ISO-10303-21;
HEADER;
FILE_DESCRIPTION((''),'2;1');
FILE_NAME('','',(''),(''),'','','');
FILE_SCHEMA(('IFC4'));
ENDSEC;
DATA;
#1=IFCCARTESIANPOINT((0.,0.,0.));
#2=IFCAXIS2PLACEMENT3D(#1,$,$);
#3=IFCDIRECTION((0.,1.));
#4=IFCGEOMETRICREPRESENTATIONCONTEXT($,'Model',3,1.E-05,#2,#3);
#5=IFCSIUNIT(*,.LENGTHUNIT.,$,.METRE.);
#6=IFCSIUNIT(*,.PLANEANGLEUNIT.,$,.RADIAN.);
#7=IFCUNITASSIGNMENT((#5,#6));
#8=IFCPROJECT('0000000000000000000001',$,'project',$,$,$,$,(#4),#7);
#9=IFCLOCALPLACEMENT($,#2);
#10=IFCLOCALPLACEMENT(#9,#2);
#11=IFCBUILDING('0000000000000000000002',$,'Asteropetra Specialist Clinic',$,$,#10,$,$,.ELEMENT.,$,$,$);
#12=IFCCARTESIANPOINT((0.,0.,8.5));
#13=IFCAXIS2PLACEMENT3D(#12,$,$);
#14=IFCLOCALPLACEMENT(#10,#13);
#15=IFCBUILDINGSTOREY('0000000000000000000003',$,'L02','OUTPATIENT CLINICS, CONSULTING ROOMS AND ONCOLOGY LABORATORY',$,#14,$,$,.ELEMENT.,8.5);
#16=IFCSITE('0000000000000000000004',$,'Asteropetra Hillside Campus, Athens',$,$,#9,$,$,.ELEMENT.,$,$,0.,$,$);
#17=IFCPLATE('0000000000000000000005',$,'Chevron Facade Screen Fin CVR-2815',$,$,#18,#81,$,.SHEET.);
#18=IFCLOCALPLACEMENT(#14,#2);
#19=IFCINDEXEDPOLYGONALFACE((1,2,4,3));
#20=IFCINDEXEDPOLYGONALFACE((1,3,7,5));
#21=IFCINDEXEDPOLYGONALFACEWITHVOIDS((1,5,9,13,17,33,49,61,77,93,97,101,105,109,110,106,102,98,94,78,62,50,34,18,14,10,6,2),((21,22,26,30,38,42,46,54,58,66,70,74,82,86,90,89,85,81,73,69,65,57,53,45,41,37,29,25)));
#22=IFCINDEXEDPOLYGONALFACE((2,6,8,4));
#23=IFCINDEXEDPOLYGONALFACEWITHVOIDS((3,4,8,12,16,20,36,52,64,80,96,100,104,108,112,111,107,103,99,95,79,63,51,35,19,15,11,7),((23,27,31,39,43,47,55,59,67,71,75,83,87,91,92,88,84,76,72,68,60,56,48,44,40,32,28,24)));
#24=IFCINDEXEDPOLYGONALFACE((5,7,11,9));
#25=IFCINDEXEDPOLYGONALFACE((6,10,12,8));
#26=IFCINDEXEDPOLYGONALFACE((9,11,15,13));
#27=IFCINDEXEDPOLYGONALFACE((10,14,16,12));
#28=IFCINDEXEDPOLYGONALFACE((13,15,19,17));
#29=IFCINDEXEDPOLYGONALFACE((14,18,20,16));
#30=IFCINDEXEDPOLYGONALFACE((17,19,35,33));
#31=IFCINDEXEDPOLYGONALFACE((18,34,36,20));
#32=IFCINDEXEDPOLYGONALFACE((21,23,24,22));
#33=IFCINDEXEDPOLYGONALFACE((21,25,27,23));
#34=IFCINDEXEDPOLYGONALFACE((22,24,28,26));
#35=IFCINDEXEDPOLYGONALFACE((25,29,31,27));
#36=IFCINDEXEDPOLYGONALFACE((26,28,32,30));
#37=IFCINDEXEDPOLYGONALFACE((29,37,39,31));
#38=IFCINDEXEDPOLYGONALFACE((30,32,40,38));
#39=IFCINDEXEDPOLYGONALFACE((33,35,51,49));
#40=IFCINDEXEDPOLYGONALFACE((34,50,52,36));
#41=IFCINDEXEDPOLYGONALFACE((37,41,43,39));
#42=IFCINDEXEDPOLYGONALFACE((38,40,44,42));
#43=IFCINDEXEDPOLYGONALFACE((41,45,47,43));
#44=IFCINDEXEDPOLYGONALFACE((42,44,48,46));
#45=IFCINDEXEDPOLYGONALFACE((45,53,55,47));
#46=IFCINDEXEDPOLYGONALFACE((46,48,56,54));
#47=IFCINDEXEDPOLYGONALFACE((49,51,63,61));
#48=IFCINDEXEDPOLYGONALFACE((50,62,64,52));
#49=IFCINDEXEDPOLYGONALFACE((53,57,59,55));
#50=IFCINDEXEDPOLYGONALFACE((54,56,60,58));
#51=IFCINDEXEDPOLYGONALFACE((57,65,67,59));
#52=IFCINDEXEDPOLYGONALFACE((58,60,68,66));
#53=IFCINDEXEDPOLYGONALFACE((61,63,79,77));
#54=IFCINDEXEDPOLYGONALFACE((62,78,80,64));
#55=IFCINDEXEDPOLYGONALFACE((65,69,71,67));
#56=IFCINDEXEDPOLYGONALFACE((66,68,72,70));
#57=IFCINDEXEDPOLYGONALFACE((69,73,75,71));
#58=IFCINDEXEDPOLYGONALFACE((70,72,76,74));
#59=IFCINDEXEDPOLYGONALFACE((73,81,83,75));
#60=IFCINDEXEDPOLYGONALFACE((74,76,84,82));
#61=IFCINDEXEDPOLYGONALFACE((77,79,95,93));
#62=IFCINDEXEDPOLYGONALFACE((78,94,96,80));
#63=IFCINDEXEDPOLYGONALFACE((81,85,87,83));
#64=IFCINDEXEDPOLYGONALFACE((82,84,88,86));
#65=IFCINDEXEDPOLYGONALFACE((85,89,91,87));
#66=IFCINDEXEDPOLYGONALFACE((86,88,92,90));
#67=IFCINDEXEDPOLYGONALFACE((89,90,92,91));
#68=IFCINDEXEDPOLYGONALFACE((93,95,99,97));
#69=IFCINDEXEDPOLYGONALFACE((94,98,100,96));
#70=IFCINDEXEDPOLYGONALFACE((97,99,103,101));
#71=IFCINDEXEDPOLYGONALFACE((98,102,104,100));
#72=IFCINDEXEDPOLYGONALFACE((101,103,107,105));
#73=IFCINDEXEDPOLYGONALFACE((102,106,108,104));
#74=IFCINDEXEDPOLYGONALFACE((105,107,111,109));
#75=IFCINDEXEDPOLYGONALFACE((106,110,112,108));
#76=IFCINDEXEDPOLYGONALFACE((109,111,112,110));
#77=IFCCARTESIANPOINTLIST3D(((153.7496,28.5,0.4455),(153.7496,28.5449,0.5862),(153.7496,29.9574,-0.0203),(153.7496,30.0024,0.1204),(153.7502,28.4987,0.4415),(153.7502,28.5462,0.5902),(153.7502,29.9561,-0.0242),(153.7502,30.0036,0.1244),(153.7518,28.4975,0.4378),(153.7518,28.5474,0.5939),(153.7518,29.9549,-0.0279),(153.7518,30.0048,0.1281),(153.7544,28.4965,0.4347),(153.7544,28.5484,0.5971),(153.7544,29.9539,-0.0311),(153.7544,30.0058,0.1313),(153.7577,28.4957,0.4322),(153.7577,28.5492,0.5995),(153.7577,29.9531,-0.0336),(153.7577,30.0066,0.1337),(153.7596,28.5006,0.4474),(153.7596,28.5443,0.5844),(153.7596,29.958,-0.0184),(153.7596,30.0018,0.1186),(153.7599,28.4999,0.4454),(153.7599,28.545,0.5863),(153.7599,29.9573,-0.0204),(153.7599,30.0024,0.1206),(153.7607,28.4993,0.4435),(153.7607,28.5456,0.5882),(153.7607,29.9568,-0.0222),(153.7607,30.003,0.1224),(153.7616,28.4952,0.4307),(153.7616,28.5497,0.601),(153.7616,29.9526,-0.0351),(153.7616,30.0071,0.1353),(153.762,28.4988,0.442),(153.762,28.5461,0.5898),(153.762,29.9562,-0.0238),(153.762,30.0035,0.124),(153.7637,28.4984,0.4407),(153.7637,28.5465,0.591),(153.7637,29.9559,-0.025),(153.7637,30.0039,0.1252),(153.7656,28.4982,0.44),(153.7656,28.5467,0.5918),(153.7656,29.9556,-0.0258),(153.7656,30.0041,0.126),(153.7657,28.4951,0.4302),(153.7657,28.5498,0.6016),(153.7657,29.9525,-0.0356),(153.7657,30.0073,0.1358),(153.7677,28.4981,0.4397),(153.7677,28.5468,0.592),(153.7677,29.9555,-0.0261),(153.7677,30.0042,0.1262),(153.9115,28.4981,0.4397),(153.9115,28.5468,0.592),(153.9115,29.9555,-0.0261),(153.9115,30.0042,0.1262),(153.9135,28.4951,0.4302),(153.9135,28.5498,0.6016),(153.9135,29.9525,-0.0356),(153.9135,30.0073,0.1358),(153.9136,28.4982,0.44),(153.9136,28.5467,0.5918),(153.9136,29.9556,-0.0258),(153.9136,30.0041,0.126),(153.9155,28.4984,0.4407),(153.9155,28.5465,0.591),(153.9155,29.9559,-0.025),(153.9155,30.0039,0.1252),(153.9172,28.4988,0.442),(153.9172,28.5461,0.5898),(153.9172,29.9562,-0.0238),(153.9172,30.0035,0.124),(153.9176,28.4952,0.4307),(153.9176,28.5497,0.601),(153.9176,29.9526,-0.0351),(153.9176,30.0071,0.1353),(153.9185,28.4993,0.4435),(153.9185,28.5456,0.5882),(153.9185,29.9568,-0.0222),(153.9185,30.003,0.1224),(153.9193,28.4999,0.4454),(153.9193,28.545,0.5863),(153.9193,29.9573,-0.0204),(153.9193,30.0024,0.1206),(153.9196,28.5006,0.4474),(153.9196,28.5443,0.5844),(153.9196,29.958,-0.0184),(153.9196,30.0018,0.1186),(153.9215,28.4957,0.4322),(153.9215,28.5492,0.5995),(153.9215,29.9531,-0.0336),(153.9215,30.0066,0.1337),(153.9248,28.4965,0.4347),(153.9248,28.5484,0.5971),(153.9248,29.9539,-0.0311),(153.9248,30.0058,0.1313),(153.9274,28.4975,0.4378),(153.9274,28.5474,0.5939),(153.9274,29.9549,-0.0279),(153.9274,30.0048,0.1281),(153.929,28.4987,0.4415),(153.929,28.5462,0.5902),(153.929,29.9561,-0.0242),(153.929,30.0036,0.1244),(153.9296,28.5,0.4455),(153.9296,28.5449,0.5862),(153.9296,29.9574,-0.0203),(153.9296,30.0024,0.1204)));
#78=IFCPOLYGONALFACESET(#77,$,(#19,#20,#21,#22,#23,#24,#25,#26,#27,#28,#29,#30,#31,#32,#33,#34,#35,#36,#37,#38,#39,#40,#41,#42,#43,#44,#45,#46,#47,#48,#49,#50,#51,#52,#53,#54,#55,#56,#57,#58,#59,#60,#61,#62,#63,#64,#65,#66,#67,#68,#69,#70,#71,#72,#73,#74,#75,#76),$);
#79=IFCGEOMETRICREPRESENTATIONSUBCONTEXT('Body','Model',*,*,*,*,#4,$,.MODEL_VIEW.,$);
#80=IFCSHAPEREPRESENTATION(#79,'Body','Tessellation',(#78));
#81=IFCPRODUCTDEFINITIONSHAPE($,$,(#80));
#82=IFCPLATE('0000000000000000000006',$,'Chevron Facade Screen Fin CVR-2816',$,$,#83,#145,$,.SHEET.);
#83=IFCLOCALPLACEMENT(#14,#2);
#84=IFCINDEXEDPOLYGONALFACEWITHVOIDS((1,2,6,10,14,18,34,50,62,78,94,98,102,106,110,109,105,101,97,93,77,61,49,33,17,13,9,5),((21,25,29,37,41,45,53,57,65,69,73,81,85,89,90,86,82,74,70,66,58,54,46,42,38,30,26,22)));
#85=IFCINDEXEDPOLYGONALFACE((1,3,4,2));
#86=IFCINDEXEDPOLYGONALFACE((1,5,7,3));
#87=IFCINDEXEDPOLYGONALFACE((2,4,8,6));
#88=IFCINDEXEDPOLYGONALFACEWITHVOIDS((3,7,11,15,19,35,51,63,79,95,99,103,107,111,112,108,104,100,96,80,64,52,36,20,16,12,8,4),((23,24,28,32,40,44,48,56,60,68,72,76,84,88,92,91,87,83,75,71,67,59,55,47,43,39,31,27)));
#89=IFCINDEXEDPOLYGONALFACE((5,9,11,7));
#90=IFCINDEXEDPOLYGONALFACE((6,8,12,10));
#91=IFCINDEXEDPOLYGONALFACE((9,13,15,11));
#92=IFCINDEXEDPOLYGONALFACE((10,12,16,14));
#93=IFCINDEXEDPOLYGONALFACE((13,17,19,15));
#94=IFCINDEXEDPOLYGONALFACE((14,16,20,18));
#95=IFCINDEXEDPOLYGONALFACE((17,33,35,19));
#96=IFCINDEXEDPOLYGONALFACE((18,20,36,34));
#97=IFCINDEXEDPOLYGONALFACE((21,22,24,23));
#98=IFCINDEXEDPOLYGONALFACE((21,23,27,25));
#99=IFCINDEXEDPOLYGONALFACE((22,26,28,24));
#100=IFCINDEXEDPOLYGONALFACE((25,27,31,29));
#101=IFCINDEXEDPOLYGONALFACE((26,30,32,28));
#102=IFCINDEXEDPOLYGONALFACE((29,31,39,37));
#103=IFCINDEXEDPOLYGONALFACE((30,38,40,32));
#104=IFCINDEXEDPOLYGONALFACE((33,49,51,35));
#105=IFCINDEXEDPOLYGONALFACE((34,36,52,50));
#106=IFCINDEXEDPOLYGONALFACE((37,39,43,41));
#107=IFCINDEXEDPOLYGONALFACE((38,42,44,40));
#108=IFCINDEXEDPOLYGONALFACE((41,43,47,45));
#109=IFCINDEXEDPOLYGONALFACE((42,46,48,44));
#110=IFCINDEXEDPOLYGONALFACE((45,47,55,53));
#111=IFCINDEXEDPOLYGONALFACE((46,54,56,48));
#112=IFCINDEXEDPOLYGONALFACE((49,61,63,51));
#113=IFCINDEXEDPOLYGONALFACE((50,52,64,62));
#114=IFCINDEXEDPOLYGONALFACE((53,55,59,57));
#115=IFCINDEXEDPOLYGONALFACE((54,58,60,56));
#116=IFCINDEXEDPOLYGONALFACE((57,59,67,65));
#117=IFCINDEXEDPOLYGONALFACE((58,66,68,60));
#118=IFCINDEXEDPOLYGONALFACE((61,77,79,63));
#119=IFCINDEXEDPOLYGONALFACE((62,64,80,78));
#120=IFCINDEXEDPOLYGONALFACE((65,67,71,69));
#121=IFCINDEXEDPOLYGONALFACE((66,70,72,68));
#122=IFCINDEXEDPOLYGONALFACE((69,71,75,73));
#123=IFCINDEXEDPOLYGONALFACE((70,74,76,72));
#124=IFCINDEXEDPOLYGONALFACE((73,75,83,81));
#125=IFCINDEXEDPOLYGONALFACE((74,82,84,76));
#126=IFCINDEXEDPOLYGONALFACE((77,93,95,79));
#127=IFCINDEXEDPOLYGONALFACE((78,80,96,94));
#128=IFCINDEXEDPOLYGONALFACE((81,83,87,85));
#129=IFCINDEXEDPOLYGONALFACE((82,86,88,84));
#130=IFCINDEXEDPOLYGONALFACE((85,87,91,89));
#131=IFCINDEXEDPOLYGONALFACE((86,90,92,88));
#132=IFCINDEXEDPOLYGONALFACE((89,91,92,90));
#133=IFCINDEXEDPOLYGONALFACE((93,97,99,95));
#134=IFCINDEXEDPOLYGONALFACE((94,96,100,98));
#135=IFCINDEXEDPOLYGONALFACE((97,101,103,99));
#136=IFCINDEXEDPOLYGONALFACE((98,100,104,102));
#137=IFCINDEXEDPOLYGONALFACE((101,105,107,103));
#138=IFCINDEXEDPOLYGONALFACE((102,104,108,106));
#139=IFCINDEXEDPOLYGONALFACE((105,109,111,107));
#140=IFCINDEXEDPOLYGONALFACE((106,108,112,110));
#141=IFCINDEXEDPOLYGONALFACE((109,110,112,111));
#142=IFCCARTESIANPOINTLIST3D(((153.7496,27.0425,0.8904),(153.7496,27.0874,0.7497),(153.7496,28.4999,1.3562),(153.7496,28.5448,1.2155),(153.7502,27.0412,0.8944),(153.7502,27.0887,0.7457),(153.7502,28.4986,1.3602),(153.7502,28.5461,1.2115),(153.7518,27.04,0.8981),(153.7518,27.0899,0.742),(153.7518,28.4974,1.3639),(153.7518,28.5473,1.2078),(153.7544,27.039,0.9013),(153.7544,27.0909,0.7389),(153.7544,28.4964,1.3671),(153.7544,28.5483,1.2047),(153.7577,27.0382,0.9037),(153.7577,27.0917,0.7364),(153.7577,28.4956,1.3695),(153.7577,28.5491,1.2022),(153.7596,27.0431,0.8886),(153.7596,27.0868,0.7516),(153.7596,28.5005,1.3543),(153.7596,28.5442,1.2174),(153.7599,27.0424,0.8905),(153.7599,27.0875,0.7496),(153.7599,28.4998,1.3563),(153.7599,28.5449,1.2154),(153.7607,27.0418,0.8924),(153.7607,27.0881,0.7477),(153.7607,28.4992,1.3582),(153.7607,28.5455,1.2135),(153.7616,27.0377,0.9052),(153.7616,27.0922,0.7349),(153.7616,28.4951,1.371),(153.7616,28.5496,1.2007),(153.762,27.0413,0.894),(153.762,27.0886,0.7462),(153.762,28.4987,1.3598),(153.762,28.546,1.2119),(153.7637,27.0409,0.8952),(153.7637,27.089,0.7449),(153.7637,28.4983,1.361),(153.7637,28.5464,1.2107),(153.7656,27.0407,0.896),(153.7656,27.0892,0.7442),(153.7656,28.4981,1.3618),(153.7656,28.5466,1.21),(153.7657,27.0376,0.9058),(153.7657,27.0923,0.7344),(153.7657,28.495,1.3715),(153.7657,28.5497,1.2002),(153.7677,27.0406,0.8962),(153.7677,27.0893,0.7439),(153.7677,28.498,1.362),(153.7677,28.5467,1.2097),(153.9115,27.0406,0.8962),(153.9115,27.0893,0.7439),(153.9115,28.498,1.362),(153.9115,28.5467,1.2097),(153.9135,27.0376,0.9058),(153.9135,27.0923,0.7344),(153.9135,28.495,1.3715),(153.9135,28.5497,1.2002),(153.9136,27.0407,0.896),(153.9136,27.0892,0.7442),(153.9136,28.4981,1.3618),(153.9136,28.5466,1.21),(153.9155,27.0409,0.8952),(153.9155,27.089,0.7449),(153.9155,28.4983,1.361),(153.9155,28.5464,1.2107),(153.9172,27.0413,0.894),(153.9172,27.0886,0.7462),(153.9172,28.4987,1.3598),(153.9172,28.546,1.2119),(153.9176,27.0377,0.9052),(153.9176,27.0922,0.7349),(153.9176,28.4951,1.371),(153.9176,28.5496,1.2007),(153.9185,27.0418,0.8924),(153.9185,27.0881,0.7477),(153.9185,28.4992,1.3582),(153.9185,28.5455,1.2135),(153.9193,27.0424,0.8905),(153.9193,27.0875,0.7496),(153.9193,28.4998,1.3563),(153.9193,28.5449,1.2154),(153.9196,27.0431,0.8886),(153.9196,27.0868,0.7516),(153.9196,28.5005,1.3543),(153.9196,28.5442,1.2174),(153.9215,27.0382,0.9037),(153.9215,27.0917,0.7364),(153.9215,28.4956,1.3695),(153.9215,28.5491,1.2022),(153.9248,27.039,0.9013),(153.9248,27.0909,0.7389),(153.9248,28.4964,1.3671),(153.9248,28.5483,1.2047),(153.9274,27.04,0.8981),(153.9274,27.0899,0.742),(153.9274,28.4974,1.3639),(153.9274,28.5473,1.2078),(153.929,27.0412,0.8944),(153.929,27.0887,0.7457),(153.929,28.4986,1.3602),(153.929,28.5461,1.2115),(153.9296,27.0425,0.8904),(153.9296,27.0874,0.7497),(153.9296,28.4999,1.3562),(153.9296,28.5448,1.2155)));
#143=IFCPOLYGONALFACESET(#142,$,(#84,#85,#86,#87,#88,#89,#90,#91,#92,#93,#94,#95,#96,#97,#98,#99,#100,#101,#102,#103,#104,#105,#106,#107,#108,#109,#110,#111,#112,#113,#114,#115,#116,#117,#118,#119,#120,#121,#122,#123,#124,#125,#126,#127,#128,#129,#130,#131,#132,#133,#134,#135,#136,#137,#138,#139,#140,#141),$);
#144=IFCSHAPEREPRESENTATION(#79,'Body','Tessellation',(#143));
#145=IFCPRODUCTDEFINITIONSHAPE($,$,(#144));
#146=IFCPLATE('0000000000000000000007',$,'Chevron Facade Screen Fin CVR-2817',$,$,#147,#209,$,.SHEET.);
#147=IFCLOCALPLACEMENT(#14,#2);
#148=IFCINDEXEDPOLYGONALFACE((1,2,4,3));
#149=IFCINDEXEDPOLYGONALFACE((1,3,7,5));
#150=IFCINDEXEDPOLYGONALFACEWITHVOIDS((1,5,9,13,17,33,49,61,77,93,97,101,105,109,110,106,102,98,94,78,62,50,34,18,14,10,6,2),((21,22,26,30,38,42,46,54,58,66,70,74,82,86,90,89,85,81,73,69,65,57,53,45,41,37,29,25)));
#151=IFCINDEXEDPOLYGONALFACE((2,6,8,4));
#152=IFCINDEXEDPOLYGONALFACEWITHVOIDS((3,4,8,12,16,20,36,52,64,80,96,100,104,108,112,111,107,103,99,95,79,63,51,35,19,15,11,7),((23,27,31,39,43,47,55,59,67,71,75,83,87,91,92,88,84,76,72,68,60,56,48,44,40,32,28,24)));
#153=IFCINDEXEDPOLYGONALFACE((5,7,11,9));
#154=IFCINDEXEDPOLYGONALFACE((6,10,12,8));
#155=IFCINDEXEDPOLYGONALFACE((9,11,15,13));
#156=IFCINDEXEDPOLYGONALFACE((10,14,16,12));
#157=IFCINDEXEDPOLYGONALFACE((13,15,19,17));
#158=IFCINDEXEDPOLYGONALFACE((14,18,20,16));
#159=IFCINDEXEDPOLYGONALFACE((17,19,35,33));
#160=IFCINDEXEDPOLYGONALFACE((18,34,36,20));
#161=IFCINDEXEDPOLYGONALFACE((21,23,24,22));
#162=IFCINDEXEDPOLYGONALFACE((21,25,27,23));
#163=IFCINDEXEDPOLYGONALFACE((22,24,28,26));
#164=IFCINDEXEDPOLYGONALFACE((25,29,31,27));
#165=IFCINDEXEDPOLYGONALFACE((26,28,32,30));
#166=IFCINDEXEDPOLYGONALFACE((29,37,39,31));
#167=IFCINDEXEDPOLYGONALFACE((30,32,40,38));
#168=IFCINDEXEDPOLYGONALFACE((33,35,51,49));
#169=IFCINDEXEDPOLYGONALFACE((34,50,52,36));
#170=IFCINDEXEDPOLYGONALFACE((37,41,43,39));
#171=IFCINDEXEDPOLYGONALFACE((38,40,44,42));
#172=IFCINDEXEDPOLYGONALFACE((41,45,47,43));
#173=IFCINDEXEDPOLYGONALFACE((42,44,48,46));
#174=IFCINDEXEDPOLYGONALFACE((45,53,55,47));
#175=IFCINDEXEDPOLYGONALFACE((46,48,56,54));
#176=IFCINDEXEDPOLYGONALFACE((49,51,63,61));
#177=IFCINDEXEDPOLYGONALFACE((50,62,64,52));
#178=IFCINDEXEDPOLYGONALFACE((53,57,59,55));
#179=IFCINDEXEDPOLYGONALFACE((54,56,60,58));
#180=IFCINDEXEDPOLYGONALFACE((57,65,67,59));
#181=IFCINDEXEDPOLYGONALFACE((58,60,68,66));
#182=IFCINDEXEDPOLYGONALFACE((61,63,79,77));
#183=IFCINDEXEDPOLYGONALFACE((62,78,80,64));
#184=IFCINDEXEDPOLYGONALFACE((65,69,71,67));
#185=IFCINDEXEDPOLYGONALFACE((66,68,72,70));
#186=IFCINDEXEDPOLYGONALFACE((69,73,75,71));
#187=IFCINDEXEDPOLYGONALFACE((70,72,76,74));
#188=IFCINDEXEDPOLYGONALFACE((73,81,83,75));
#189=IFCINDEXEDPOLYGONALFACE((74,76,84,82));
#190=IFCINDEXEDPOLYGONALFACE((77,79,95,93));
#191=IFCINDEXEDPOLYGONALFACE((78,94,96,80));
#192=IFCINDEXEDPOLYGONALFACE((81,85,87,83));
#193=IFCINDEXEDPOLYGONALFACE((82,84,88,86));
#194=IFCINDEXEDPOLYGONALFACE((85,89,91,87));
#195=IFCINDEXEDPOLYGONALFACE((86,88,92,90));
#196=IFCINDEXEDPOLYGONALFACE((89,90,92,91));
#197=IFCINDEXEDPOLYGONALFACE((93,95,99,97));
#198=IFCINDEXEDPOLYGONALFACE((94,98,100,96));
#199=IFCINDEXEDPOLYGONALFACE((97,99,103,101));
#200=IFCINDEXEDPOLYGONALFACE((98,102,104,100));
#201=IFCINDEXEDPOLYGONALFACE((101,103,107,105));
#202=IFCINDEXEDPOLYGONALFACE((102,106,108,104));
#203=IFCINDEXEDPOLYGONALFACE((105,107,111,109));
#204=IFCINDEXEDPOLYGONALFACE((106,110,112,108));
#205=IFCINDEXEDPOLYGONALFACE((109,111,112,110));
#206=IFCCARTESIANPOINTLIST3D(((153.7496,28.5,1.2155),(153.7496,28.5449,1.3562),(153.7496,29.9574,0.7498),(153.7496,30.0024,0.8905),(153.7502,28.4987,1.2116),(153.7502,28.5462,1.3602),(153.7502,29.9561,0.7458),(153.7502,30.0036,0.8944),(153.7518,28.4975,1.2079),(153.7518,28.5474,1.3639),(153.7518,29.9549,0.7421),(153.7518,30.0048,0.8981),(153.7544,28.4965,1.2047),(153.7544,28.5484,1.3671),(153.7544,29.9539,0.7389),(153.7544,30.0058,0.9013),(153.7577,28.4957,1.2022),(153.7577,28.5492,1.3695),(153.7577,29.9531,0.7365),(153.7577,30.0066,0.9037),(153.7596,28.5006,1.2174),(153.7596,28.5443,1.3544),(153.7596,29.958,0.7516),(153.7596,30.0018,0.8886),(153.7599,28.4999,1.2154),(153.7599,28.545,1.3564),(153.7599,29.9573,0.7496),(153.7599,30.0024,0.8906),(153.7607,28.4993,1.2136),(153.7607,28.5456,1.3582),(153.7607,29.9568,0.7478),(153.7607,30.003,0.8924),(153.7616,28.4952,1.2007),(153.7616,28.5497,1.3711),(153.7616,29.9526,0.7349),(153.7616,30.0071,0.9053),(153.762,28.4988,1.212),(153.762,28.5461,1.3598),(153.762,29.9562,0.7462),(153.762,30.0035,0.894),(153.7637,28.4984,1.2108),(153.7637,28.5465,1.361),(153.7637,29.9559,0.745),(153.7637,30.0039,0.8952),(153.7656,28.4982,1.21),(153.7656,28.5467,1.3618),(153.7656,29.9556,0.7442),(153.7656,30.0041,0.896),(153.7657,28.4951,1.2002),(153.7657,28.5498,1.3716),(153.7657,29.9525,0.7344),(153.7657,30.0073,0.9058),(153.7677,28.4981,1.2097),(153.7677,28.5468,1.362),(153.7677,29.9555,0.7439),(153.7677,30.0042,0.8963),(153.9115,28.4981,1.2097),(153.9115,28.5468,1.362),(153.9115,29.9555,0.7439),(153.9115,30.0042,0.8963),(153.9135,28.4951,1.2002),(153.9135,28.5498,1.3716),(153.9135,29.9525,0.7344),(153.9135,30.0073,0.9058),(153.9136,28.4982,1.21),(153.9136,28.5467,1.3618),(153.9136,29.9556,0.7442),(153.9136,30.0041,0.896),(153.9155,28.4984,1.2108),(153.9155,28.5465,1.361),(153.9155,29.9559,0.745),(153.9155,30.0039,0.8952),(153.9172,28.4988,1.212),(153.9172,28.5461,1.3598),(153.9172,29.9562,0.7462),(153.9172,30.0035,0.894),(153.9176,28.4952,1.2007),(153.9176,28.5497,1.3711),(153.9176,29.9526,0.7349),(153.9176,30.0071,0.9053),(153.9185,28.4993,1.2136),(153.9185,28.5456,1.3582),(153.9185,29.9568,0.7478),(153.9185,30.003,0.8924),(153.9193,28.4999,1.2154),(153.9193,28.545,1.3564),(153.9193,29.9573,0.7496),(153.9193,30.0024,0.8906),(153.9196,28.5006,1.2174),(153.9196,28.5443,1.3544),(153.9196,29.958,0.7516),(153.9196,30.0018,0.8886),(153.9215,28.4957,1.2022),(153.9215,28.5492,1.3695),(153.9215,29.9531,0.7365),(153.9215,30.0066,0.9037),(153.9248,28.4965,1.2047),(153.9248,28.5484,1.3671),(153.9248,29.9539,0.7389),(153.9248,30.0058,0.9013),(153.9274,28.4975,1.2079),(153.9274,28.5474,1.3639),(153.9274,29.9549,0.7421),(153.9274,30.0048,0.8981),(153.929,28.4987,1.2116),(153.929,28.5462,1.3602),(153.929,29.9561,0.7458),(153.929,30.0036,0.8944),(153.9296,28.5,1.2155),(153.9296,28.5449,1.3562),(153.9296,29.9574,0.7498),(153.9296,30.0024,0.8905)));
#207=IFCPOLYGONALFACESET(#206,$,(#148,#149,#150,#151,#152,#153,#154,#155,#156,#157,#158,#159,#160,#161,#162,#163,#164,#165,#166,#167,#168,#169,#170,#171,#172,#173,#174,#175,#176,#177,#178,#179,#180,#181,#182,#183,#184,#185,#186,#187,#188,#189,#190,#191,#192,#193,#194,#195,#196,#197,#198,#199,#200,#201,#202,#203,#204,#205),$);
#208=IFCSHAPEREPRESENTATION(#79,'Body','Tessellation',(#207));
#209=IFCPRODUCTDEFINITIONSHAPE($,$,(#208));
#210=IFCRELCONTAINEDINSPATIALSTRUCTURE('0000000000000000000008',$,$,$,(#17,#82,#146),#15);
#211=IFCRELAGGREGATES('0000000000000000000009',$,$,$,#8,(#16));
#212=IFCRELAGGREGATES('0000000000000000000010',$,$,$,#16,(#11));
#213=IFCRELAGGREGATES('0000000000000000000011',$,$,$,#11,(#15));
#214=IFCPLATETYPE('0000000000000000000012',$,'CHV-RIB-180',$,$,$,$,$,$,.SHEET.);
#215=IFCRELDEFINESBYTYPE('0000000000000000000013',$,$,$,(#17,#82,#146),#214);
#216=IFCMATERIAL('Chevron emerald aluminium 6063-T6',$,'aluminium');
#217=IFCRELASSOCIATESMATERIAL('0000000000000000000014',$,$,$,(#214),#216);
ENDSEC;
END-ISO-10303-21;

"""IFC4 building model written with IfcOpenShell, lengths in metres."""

from ifc_helpers import new_model, si_unit, direction, frame, origin, origin_2d, place, context, subcontext, project, spatial, hollow_rectangle, extrude, material, material_profile, profile_set, type_object, element, save


model = new_model("IFC4")

# Units and contexts
model_context = context("Model", 3, precision=1e-05, world=origin(), true_north=direction((0.0, 1.0)))
body_context = subcontext(model_context, "Body", "Model", "MODEL_VIEW")
ifc_project = project(units=[si_unit("LENGTHUNIT", "METRE"), si_unit("PLANEANGLEUNIT", "RADIAN")], contexts=[model_context])

# Site, building, storey
site_placement = place(None, origin())
site = spatial("IfcSite", under=ifc_project, at=site_placement, Name="Asteropetra Hillside Campus, Athens", CompositionType="ELEMENT", RefElevation=0.0)
building_placement = place(site_placement, origin())
building = spatial("IfcBuilding", under=site, at=building_placement, Name="Asteropetra Specialist Clinic", CompositionType="ELEMENT")
storey_placement = place(building_placement, frame((0.0, 0.0, 8.5)))
storey = spatial("IfcBuildingStorey", under=building, at=storey_placement, Name="L02", Description="OUTPATIENT CLINICS, CONSULTING ROOMS AND ONCOLOGY LABORATORY", CompositionType="ELEMENT", Elevation=8.5)

# Plates
ifc_material_1 = material(Name="Chevron emerald aluminium 6063-T6", Category="aluminium")
ifc_material_profile_1 = material_profile(ifc_material_1, hollow_rectangle(XDim=0.1799, YDim=0.1799, WallThickness=0.01, InnerFilletRadius=0.0081, OuterFilletRadius=0.0161, at=origin_2d()), Name="SHS 180x180x10.0")
ifc_profile_set_1 = profile_set([ifc_material_profile_1], Name="Chevron emerald aluminium 6063-T6")
plate_type = type_object("IfcPlateType", Name="CHV-RIB-180", PredefinedType="SHEET", material=ifc_profile_set_1)
for number, where, z_axis, x_axis, name in (
    (1, (153.8396, 28.5225, 0.5159), (0.0, 0.952535, -0.304428), (-1.0, 0.0, 0.0), "Chevron Facade Screen Fin CVR-2815"),
    (2, (153.8396, 27.0649, 0.8201), (0.0, 0.952535, 0.304428), (-1.0, 0.0, 0.0), "Chevron Facade Screen Fin CVR-2816"),
    (3, (153.8396, 28.5225, 1.2859), (0.0, 0.952535, -0.304428), (-1.0, 0.0, 0.0), "Chevron Facade Screen Fin CVR-2817"),
):
    element("IfcPlate", number, at=place(storey_placement, frame(where, z_axis=z_axis, x_axis=x_axis)), inside=storey, type_object=plate_type, Name=name, PredefinedType="SHEET", context=body_context, shape_type="SweptSolid", body=[
        extrude(hollow_rectangle(XDim=0.1799, YDim=0.1799, WallThickness=0.01, InnerFilletRadius=0.0081, OuterFilletRadius=0.0161, at=origin_2d()), origin(), (0.0, 0.0, 1.0), 1.53),
    ])

save(model, "model.ifc")
